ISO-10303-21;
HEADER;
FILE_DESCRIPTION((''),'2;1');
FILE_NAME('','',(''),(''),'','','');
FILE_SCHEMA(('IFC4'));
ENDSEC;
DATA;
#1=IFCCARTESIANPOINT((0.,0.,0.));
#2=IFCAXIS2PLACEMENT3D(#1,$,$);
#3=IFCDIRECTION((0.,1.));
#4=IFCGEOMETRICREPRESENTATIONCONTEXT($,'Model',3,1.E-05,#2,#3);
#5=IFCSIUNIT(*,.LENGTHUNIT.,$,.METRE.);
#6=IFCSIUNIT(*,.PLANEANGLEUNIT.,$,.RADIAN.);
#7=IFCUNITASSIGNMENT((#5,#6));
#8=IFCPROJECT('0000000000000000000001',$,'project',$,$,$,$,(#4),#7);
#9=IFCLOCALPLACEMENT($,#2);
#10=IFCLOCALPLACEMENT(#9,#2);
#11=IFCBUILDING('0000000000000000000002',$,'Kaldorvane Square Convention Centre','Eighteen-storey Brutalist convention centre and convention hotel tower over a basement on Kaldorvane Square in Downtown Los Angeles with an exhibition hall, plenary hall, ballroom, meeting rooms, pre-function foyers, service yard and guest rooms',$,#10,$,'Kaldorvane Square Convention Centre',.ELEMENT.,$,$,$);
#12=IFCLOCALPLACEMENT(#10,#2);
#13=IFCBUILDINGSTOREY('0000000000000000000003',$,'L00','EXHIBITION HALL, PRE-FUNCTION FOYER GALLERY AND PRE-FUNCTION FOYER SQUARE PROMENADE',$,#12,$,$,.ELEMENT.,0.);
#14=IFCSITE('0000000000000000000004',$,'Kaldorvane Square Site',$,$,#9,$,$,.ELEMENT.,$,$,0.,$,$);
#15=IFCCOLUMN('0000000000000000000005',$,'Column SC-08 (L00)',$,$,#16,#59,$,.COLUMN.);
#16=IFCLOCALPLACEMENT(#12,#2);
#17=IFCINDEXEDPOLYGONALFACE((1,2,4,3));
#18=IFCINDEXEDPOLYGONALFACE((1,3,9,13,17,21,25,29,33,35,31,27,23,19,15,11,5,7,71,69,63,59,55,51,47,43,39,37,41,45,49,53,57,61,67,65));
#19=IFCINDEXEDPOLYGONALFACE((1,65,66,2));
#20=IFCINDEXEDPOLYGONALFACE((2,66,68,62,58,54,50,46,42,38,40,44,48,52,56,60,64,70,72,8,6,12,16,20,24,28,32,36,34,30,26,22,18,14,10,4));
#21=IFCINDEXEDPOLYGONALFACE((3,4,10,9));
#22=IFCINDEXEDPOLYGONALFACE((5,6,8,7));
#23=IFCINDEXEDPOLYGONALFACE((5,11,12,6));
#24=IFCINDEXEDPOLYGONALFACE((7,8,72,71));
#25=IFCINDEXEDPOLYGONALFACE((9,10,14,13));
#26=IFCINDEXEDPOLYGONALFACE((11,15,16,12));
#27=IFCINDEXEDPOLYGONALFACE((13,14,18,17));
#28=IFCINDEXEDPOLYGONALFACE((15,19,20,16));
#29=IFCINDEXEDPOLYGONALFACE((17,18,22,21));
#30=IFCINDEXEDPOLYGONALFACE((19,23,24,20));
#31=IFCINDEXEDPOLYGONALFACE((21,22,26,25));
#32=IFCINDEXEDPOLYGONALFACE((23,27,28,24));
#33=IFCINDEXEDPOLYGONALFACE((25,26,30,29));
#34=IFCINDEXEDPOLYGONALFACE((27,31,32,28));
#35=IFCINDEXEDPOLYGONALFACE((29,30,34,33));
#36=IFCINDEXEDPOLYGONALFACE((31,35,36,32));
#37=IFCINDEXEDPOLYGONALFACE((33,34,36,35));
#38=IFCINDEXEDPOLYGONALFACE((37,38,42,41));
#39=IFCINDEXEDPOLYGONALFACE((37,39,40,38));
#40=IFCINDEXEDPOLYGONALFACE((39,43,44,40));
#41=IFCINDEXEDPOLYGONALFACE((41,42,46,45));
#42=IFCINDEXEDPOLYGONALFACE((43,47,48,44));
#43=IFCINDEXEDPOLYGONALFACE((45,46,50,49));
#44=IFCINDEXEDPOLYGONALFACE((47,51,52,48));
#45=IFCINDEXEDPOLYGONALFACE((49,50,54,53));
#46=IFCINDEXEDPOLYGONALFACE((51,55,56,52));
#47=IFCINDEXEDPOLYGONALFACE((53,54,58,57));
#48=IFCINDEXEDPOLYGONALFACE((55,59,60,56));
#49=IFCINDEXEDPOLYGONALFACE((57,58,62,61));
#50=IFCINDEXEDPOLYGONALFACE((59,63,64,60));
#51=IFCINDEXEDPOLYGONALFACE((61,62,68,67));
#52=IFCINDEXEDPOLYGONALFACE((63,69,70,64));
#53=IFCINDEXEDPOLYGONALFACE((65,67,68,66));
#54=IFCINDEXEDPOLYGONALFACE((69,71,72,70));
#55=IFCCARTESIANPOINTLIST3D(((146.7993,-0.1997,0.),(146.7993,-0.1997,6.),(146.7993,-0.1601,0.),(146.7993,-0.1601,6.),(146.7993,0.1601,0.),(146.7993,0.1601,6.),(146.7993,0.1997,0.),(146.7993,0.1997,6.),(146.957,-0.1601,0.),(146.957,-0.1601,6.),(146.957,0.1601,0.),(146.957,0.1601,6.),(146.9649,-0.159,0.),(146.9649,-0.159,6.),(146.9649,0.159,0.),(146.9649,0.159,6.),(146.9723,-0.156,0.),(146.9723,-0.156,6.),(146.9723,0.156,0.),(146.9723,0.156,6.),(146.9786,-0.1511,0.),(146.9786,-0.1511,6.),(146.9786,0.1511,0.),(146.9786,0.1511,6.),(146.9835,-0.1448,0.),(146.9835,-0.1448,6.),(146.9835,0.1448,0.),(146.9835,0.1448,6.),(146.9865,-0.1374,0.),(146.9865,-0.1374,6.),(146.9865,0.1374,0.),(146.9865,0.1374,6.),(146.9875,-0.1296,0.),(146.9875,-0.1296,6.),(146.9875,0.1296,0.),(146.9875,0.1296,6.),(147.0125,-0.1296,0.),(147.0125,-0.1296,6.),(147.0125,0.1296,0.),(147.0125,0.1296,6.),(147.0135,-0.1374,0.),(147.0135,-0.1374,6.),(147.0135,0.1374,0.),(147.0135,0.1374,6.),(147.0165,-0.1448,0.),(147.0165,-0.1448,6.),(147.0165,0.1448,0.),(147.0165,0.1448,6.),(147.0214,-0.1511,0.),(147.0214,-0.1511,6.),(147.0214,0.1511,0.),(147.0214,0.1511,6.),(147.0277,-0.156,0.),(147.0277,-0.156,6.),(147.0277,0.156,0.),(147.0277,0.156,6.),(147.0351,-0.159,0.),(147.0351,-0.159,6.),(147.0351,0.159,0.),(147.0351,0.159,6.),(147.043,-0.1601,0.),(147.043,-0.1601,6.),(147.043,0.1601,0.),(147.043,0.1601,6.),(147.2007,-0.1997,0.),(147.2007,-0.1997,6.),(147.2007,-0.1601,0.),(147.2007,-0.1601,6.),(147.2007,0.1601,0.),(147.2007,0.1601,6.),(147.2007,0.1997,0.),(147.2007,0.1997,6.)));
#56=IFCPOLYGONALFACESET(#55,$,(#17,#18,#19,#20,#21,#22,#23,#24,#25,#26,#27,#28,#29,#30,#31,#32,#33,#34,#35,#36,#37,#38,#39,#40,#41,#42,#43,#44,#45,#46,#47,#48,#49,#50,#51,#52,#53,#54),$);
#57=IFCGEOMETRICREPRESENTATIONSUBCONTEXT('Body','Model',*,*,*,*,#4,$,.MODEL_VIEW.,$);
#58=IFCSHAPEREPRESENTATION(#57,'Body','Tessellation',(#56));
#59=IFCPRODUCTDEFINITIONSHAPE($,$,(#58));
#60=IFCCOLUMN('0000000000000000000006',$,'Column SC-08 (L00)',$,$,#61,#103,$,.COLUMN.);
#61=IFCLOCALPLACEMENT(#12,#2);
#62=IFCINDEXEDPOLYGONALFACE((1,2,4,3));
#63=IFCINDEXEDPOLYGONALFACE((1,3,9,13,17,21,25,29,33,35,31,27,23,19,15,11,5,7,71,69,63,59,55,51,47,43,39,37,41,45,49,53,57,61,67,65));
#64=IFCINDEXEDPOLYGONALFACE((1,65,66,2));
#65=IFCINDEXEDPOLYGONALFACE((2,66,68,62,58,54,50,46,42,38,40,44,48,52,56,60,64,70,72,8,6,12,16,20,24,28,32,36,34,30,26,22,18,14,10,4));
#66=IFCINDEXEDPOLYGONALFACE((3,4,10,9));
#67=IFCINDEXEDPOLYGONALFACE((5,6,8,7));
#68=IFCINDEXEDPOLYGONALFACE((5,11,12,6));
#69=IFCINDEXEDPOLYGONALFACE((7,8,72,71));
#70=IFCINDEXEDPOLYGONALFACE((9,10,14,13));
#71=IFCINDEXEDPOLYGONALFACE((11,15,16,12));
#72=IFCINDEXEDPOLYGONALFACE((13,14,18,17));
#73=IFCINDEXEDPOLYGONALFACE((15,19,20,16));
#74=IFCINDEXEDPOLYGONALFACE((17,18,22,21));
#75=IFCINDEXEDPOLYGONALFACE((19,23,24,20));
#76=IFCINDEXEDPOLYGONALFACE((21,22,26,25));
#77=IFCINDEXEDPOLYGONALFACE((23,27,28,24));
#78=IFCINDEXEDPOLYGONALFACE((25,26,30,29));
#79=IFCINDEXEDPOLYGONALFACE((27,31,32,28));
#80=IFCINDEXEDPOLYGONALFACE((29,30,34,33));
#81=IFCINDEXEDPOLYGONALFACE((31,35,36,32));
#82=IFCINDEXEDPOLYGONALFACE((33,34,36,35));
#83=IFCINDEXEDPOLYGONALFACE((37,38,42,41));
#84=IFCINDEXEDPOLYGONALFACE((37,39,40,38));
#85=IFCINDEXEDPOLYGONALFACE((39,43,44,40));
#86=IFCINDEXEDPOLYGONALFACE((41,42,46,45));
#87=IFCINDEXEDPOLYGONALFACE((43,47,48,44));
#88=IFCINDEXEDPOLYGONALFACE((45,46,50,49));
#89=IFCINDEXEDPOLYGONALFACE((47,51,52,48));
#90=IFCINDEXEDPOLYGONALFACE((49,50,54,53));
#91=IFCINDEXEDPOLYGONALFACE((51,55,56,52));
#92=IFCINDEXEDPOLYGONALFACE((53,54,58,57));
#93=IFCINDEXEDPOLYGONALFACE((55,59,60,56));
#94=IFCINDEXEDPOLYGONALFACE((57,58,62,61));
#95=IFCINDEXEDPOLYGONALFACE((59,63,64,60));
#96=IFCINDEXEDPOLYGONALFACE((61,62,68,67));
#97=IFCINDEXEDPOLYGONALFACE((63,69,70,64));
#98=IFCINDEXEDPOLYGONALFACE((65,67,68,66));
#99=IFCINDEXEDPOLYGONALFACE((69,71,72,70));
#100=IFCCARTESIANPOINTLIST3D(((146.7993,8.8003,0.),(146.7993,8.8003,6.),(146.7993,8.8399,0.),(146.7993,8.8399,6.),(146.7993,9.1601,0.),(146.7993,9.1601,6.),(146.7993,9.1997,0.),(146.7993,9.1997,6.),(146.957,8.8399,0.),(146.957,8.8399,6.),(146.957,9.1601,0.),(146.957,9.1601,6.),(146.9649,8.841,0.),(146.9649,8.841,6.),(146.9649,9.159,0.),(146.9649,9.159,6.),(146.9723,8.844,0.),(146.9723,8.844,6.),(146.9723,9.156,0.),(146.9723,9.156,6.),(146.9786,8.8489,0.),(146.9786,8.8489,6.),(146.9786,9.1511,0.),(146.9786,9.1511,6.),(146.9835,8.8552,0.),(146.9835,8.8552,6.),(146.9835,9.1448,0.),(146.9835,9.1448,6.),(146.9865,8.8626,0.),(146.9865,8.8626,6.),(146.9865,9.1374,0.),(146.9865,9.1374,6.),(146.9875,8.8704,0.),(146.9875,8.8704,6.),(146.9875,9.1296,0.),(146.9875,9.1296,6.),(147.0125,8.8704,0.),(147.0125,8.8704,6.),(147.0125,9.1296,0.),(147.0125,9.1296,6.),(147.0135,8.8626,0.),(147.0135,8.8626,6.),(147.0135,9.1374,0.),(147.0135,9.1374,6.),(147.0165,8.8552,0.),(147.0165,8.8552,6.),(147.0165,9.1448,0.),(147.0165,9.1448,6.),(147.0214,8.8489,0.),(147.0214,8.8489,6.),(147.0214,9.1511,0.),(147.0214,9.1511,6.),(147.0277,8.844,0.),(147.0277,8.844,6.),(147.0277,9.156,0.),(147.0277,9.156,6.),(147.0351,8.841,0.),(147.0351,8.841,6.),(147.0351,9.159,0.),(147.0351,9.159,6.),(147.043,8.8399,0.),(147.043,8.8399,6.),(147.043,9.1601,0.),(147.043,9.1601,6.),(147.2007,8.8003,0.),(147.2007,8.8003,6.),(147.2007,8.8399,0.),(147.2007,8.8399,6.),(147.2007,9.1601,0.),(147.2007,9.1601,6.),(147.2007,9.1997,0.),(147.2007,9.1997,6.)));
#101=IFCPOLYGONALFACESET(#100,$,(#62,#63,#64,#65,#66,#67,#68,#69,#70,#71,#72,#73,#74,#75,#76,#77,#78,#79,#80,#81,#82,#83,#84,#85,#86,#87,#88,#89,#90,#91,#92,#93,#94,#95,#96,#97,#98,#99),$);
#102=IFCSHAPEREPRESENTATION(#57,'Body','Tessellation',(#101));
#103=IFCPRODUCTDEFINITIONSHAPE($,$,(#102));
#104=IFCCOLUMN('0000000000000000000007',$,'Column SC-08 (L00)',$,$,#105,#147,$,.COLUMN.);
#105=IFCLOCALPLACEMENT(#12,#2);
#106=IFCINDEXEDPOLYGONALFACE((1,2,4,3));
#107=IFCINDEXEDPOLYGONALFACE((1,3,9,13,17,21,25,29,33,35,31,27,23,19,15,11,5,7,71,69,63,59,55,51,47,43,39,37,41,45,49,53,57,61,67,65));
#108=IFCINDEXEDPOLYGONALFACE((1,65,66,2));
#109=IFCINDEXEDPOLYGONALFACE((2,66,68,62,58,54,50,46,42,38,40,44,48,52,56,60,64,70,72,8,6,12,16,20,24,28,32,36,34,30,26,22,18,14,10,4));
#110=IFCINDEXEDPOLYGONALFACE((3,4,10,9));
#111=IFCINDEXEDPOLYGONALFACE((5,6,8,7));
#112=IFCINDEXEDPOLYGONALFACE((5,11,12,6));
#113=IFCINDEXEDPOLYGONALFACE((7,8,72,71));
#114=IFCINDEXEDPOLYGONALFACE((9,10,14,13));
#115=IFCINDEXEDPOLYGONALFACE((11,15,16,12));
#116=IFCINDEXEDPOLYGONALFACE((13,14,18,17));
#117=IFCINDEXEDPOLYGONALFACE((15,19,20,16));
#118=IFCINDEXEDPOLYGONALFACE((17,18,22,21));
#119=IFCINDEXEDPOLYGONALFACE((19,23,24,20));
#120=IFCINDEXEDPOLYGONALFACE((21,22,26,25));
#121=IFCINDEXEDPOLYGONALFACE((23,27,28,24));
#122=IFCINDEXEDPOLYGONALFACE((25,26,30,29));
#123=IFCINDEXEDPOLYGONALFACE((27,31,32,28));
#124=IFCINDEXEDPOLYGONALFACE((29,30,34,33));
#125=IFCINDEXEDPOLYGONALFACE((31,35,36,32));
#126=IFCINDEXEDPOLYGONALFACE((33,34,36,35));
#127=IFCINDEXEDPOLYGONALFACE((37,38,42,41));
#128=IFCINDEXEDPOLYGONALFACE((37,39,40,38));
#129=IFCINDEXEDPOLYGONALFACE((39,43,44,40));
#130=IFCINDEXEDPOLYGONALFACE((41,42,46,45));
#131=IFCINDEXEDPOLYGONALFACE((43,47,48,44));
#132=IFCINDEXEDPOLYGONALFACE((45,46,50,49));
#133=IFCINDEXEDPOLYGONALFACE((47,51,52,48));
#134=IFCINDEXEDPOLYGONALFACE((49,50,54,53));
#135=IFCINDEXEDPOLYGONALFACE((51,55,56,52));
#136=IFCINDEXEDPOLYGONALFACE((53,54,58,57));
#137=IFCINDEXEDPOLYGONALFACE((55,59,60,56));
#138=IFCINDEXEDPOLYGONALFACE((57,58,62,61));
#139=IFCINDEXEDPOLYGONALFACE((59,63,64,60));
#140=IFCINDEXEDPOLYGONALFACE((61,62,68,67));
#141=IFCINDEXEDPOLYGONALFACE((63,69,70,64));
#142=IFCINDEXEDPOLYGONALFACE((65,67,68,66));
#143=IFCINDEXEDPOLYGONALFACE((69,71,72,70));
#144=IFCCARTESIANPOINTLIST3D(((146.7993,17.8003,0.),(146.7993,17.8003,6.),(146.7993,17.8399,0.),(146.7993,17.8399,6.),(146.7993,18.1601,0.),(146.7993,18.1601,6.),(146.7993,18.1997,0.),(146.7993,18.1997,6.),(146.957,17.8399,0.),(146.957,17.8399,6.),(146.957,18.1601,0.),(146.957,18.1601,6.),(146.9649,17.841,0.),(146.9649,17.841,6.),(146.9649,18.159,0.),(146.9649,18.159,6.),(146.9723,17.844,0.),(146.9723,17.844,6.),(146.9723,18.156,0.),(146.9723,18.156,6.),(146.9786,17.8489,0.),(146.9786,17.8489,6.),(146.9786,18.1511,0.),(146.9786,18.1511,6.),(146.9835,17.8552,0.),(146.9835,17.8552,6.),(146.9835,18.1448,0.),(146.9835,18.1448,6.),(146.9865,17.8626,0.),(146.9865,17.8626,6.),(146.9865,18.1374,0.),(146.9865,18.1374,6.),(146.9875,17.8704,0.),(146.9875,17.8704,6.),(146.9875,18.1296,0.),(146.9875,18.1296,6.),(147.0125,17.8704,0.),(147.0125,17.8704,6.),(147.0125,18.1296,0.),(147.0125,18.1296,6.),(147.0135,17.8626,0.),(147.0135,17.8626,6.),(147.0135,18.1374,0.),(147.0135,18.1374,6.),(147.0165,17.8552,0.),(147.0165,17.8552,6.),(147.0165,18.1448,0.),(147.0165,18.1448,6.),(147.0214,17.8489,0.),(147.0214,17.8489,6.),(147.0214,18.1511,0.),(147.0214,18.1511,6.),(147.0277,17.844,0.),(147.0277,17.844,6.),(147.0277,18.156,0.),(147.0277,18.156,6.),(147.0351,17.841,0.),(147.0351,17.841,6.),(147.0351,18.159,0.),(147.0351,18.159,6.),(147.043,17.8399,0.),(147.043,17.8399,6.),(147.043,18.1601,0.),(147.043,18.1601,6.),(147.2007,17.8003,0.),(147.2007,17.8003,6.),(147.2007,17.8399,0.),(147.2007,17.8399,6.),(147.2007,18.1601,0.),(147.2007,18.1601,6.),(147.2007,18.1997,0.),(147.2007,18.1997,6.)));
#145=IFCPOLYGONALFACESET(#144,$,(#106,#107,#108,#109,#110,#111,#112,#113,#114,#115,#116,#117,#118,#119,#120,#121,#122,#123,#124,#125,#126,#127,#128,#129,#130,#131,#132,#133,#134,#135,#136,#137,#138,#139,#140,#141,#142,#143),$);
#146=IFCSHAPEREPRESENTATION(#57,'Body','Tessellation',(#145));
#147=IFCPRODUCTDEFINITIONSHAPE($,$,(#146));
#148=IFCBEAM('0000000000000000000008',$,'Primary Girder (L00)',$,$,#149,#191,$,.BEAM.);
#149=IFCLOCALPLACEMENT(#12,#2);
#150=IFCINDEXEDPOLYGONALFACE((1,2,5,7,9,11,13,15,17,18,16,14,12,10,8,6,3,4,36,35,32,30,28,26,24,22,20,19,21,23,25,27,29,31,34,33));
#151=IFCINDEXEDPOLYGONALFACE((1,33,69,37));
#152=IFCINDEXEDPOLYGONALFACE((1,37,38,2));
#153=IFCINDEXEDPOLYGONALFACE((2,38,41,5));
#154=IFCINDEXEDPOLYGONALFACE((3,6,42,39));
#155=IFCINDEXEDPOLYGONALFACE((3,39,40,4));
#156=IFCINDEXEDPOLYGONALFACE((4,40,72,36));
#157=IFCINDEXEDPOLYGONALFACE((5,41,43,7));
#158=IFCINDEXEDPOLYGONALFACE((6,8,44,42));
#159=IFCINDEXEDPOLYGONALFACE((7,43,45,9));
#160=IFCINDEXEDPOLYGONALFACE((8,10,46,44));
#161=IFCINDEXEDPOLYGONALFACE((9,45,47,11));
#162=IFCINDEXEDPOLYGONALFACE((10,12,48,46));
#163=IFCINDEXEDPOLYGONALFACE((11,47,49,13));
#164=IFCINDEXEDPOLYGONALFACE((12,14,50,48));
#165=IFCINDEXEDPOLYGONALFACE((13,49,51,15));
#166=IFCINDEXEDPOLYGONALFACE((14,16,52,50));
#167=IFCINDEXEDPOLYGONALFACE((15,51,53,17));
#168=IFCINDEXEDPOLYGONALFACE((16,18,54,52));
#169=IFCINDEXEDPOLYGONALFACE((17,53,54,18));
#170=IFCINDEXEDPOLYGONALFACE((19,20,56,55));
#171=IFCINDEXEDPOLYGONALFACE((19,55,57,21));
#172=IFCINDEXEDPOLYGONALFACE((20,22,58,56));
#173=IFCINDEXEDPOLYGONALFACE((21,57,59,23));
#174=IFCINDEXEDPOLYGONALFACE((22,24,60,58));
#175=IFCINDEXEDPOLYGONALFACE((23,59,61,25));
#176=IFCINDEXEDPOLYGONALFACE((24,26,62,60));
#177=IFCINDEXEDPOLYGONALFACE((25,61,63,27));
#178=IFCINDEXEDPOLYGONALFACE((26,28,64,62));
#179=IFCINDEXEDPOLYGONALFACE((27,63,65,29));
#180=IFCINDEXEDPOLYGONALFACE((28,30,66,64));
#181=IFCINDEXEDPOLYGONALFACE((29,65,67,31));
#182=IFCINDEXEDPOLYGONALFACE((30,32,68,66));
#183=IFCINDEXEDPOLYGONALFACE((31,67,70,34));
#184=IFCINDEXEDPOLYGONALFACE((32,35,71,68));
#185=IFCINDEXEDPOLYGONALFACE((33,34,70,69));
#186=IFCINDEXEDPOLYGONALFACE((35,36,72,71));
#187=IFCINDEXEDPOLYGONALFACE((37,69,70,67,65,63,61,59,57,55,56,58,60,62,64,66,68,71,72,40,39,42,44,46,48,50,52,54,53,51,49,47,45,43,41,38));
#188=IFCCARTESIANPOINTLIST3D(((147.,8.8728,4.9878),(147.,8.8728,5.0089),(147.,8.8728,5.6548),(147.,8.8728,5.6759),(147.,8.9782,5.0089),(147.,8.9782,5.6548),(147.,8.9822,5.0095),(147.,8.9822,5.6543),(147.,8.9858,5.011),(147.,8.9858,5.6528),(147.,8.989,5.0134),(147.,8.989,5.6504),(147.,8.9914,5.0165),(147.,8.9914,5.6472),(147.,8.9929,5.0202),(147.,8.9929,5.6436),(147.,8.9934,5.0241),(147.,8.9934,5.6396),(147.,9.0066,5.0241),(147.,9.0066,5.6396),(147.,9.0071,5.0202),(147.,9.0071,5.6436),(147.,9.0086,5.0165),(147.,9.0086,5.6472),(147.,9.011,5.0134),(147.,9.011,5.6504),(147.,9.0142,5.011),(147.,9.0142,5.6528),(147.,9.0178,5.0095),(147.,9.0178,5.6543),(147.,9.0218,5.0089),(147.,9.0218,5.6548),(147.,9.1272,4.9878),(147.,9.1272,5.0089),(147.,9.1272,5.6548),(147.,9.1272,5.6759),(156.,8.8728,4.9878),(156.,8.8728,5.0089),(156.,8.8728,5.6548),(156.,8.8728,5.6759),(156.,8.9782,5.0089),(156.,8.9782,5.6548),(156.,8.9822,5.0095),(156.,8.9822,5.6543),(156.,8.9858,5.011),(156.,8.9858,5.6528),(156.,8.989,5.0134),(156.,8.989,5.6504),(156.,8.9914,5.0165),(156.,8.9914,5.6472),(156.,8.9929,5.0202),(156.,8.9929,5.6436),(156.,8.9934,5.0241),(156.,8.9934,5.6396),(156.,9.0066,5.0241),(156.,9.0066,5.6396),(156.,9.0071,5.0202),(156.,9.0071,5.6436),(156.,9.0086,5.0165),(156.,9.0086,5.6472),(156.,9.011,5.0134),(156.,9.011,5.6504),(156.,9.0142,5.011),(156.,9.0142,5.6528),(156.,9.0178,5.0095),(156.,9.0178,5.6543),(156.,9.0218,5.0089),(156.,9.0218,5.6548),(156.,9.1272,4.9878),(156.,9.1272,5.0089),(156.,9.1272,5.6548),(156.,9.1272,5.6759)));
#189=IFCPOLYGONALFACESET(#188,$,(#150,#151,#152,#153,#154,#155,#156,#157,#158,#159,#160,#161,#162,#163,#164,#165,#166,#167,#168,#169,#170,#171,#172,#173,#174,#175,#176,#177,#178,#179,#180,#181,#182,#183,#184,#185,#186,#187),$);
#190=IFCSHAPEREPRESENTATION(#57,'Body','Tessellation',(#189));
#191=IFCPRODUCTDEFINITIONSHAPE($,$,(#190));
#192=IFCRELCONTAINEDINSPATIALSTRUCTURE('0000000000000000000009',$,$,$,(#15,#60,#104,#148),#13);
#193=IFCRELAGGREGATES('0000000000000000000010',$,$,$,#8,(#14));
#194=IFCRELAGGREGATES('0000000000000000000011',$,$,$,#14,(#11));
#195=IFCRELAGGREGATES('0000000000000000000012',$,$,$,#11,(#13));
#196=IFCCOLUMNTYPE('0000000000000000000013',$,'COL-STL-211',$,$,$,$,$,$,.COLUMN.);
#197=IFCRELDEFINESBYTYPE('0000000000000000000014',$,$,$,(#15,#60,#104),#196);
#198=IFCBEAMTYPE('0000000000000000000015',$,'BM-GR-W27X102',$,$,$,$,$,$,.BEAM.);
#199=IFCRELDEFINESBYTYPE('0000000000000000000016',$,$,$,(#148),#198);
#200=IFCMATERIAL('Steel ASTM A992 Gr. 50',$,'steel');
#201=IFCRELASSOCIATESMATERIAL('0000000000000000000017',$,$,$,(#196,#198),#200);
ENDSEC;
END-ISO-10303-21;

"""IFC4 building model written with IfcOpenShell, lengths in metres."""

from ifc_helpers import new_model, si_unit, direction, frame, origin, origin_2d, place, context, subcontext, project, spatial, i_section, extrude, material, material_profile, profile_set, type_object, element, save


model = new_model("IFC4")

# Units and contexts
model_context = context("Model", 3, precision=1e-05, world=origin(), true_north=direction((0.0, 1.0)))
body_context = subcontext(model_context, "Body", "Model", "MODEL_VIEW")
ifc_project = project(units=[si_unit("LENGTHUNIT", "METRE"), si_unit("PLANEANGLEUNIT", "RADIAN")], contexts=[model_context])

# Site, building, storey
site_placement = place(None, origin())
site = spatial("IfcSite", under=ifc_project, at=site_placement, Name="Kaldorvane Square Site", CompositionType="ELEMENT", RefElevation=0.0)
building_placement = place(site_placement, origin())
building = spatial("IfcBuilding", under=site, at=building_placement, Name="Kaldorvane Square Convention Centre", Description="Eighteen-storey Brutalist convention centre and convention hotel tower over a basement on Kaldorvane Square in Downtown Los Angeles with an exhibition hall, plenary hall, ballroom, meeting rooms, pre-function foyers, service yard and guest rooms", LongName="Kaldorvane Square Convention Centre", CompositionType="ELEMENT")
storey_placement = place(building_placement, origin())
storey = spatial("IfcBuildingStorey", under=building, at=storey_placement, Name="L00", Description="EXHIBITION HALL, PRE-FUNCTION FOYER GALLERY AND PRE-FUNCTION FOYER SQUARE PROMENADE", CompositionType="ELEMENT", Elevation=0.0)

# Columns
ifc_material_1 = material(Name="Steel ASTM A992 Gr. 50", Category="steel")
ifc_material_profile_1 = material_profile(ifc_material_1, i_section(OverallWidth=0.4013, OverallDepth=0.3993, WebThickness=0.0249, FlangeThickness=0.0396, FilletRadius=0.0305, at=origin_2d()), Name="W14X211")
ifc_profile_set_1 = profile_set([ifc_material_profile_1], Name="Steel ASTM A992 Gr. 50")
column_type = type_object("IfcColumnType", Name="COL-STL-211", PredefinedType="COLUMN", material=ifc_profile_set_1)
for number, where, z_axis, x_axis, name in (
    (1, (147.0, 0.0, 0.0), (0.0, 0.0, 1.0), (1.0, 0.0, 0.0), "Column SC-08 (L00)"),
    (2, (147.0, 9.0, 0.0), (0.0, 0.0, 1.0), (1.0, 0.0, 0.0), "Column SC-08 (L00)"),
    (3, (147.0, 18.0, 0.0), (0.0, 0.0, 1.0), (1.0, 0.0, 0.0), "Column SC-08 (L00)"),
):
    element("IfcColumn", number, at=place(storey_placement, frame(where, z_axis=z_axis, x_axis=x_axis)), inside=storey, type_object=column_type, Name=name, PredefinedType="COLUMN", context=body_context, shape_type="SweptSolid", body=[
        extrude(i_section(OverallWidth=0.4013, OverallDepth=0.3993, WebThickness=0.0249, FlangeThickness=0.0396, FilletRadius=0.0305, at=origin_2d()), origin(), (0.0, 0.0, 1.0), 6.0),
    ])

# Beam
ifc_material_profile_2 = material_profile(ifc_material_1, i_section(OverallWidth=0.2544, OverallDepth=0.6881, WebThickness=0.0131, FlangeThickness=0.0211, FilletRadius=0.0152, at=origin_2d()), Name="W27X102")
ifc_profile_set_2 = profile_set([ifc_material_profile_2], Name="Steel ASTM A992 Gr. 50")
beam_type_1 = type_object("IfcBeamType", Name="BM-GR-W27X102", PredefinedType="BEAM", material=ifc_profile_set_2)
for number, where, z_axis, x_axis, name in (
    (4, (147.0, 9.0, 5.3319), (1.0, 0.0, 0.0), (0.0, 1.0, 0.0), "Primary Girder (L00)"),
):
    element("IfcBeam", number, at=place(storey_placement, frame(where, z_axis=z_axis, x_axis=x_axis)), inside=storey, type_object=beam_type_1, Name=name, PredefinedType="BEAM", context=body_context, shape_type="SweptSolid", body=[
        extrude(i_section(OverallWidth=0.2544, OverallDepth=0.6881, WebThickness=0.0131, FlangeThickness=0.0211, FilletRadius=0.0152, at=origin_2d()), origin(), (0.0, 0.0, 1.0), 9.0),
    ])

save(model, "model.ifc")
